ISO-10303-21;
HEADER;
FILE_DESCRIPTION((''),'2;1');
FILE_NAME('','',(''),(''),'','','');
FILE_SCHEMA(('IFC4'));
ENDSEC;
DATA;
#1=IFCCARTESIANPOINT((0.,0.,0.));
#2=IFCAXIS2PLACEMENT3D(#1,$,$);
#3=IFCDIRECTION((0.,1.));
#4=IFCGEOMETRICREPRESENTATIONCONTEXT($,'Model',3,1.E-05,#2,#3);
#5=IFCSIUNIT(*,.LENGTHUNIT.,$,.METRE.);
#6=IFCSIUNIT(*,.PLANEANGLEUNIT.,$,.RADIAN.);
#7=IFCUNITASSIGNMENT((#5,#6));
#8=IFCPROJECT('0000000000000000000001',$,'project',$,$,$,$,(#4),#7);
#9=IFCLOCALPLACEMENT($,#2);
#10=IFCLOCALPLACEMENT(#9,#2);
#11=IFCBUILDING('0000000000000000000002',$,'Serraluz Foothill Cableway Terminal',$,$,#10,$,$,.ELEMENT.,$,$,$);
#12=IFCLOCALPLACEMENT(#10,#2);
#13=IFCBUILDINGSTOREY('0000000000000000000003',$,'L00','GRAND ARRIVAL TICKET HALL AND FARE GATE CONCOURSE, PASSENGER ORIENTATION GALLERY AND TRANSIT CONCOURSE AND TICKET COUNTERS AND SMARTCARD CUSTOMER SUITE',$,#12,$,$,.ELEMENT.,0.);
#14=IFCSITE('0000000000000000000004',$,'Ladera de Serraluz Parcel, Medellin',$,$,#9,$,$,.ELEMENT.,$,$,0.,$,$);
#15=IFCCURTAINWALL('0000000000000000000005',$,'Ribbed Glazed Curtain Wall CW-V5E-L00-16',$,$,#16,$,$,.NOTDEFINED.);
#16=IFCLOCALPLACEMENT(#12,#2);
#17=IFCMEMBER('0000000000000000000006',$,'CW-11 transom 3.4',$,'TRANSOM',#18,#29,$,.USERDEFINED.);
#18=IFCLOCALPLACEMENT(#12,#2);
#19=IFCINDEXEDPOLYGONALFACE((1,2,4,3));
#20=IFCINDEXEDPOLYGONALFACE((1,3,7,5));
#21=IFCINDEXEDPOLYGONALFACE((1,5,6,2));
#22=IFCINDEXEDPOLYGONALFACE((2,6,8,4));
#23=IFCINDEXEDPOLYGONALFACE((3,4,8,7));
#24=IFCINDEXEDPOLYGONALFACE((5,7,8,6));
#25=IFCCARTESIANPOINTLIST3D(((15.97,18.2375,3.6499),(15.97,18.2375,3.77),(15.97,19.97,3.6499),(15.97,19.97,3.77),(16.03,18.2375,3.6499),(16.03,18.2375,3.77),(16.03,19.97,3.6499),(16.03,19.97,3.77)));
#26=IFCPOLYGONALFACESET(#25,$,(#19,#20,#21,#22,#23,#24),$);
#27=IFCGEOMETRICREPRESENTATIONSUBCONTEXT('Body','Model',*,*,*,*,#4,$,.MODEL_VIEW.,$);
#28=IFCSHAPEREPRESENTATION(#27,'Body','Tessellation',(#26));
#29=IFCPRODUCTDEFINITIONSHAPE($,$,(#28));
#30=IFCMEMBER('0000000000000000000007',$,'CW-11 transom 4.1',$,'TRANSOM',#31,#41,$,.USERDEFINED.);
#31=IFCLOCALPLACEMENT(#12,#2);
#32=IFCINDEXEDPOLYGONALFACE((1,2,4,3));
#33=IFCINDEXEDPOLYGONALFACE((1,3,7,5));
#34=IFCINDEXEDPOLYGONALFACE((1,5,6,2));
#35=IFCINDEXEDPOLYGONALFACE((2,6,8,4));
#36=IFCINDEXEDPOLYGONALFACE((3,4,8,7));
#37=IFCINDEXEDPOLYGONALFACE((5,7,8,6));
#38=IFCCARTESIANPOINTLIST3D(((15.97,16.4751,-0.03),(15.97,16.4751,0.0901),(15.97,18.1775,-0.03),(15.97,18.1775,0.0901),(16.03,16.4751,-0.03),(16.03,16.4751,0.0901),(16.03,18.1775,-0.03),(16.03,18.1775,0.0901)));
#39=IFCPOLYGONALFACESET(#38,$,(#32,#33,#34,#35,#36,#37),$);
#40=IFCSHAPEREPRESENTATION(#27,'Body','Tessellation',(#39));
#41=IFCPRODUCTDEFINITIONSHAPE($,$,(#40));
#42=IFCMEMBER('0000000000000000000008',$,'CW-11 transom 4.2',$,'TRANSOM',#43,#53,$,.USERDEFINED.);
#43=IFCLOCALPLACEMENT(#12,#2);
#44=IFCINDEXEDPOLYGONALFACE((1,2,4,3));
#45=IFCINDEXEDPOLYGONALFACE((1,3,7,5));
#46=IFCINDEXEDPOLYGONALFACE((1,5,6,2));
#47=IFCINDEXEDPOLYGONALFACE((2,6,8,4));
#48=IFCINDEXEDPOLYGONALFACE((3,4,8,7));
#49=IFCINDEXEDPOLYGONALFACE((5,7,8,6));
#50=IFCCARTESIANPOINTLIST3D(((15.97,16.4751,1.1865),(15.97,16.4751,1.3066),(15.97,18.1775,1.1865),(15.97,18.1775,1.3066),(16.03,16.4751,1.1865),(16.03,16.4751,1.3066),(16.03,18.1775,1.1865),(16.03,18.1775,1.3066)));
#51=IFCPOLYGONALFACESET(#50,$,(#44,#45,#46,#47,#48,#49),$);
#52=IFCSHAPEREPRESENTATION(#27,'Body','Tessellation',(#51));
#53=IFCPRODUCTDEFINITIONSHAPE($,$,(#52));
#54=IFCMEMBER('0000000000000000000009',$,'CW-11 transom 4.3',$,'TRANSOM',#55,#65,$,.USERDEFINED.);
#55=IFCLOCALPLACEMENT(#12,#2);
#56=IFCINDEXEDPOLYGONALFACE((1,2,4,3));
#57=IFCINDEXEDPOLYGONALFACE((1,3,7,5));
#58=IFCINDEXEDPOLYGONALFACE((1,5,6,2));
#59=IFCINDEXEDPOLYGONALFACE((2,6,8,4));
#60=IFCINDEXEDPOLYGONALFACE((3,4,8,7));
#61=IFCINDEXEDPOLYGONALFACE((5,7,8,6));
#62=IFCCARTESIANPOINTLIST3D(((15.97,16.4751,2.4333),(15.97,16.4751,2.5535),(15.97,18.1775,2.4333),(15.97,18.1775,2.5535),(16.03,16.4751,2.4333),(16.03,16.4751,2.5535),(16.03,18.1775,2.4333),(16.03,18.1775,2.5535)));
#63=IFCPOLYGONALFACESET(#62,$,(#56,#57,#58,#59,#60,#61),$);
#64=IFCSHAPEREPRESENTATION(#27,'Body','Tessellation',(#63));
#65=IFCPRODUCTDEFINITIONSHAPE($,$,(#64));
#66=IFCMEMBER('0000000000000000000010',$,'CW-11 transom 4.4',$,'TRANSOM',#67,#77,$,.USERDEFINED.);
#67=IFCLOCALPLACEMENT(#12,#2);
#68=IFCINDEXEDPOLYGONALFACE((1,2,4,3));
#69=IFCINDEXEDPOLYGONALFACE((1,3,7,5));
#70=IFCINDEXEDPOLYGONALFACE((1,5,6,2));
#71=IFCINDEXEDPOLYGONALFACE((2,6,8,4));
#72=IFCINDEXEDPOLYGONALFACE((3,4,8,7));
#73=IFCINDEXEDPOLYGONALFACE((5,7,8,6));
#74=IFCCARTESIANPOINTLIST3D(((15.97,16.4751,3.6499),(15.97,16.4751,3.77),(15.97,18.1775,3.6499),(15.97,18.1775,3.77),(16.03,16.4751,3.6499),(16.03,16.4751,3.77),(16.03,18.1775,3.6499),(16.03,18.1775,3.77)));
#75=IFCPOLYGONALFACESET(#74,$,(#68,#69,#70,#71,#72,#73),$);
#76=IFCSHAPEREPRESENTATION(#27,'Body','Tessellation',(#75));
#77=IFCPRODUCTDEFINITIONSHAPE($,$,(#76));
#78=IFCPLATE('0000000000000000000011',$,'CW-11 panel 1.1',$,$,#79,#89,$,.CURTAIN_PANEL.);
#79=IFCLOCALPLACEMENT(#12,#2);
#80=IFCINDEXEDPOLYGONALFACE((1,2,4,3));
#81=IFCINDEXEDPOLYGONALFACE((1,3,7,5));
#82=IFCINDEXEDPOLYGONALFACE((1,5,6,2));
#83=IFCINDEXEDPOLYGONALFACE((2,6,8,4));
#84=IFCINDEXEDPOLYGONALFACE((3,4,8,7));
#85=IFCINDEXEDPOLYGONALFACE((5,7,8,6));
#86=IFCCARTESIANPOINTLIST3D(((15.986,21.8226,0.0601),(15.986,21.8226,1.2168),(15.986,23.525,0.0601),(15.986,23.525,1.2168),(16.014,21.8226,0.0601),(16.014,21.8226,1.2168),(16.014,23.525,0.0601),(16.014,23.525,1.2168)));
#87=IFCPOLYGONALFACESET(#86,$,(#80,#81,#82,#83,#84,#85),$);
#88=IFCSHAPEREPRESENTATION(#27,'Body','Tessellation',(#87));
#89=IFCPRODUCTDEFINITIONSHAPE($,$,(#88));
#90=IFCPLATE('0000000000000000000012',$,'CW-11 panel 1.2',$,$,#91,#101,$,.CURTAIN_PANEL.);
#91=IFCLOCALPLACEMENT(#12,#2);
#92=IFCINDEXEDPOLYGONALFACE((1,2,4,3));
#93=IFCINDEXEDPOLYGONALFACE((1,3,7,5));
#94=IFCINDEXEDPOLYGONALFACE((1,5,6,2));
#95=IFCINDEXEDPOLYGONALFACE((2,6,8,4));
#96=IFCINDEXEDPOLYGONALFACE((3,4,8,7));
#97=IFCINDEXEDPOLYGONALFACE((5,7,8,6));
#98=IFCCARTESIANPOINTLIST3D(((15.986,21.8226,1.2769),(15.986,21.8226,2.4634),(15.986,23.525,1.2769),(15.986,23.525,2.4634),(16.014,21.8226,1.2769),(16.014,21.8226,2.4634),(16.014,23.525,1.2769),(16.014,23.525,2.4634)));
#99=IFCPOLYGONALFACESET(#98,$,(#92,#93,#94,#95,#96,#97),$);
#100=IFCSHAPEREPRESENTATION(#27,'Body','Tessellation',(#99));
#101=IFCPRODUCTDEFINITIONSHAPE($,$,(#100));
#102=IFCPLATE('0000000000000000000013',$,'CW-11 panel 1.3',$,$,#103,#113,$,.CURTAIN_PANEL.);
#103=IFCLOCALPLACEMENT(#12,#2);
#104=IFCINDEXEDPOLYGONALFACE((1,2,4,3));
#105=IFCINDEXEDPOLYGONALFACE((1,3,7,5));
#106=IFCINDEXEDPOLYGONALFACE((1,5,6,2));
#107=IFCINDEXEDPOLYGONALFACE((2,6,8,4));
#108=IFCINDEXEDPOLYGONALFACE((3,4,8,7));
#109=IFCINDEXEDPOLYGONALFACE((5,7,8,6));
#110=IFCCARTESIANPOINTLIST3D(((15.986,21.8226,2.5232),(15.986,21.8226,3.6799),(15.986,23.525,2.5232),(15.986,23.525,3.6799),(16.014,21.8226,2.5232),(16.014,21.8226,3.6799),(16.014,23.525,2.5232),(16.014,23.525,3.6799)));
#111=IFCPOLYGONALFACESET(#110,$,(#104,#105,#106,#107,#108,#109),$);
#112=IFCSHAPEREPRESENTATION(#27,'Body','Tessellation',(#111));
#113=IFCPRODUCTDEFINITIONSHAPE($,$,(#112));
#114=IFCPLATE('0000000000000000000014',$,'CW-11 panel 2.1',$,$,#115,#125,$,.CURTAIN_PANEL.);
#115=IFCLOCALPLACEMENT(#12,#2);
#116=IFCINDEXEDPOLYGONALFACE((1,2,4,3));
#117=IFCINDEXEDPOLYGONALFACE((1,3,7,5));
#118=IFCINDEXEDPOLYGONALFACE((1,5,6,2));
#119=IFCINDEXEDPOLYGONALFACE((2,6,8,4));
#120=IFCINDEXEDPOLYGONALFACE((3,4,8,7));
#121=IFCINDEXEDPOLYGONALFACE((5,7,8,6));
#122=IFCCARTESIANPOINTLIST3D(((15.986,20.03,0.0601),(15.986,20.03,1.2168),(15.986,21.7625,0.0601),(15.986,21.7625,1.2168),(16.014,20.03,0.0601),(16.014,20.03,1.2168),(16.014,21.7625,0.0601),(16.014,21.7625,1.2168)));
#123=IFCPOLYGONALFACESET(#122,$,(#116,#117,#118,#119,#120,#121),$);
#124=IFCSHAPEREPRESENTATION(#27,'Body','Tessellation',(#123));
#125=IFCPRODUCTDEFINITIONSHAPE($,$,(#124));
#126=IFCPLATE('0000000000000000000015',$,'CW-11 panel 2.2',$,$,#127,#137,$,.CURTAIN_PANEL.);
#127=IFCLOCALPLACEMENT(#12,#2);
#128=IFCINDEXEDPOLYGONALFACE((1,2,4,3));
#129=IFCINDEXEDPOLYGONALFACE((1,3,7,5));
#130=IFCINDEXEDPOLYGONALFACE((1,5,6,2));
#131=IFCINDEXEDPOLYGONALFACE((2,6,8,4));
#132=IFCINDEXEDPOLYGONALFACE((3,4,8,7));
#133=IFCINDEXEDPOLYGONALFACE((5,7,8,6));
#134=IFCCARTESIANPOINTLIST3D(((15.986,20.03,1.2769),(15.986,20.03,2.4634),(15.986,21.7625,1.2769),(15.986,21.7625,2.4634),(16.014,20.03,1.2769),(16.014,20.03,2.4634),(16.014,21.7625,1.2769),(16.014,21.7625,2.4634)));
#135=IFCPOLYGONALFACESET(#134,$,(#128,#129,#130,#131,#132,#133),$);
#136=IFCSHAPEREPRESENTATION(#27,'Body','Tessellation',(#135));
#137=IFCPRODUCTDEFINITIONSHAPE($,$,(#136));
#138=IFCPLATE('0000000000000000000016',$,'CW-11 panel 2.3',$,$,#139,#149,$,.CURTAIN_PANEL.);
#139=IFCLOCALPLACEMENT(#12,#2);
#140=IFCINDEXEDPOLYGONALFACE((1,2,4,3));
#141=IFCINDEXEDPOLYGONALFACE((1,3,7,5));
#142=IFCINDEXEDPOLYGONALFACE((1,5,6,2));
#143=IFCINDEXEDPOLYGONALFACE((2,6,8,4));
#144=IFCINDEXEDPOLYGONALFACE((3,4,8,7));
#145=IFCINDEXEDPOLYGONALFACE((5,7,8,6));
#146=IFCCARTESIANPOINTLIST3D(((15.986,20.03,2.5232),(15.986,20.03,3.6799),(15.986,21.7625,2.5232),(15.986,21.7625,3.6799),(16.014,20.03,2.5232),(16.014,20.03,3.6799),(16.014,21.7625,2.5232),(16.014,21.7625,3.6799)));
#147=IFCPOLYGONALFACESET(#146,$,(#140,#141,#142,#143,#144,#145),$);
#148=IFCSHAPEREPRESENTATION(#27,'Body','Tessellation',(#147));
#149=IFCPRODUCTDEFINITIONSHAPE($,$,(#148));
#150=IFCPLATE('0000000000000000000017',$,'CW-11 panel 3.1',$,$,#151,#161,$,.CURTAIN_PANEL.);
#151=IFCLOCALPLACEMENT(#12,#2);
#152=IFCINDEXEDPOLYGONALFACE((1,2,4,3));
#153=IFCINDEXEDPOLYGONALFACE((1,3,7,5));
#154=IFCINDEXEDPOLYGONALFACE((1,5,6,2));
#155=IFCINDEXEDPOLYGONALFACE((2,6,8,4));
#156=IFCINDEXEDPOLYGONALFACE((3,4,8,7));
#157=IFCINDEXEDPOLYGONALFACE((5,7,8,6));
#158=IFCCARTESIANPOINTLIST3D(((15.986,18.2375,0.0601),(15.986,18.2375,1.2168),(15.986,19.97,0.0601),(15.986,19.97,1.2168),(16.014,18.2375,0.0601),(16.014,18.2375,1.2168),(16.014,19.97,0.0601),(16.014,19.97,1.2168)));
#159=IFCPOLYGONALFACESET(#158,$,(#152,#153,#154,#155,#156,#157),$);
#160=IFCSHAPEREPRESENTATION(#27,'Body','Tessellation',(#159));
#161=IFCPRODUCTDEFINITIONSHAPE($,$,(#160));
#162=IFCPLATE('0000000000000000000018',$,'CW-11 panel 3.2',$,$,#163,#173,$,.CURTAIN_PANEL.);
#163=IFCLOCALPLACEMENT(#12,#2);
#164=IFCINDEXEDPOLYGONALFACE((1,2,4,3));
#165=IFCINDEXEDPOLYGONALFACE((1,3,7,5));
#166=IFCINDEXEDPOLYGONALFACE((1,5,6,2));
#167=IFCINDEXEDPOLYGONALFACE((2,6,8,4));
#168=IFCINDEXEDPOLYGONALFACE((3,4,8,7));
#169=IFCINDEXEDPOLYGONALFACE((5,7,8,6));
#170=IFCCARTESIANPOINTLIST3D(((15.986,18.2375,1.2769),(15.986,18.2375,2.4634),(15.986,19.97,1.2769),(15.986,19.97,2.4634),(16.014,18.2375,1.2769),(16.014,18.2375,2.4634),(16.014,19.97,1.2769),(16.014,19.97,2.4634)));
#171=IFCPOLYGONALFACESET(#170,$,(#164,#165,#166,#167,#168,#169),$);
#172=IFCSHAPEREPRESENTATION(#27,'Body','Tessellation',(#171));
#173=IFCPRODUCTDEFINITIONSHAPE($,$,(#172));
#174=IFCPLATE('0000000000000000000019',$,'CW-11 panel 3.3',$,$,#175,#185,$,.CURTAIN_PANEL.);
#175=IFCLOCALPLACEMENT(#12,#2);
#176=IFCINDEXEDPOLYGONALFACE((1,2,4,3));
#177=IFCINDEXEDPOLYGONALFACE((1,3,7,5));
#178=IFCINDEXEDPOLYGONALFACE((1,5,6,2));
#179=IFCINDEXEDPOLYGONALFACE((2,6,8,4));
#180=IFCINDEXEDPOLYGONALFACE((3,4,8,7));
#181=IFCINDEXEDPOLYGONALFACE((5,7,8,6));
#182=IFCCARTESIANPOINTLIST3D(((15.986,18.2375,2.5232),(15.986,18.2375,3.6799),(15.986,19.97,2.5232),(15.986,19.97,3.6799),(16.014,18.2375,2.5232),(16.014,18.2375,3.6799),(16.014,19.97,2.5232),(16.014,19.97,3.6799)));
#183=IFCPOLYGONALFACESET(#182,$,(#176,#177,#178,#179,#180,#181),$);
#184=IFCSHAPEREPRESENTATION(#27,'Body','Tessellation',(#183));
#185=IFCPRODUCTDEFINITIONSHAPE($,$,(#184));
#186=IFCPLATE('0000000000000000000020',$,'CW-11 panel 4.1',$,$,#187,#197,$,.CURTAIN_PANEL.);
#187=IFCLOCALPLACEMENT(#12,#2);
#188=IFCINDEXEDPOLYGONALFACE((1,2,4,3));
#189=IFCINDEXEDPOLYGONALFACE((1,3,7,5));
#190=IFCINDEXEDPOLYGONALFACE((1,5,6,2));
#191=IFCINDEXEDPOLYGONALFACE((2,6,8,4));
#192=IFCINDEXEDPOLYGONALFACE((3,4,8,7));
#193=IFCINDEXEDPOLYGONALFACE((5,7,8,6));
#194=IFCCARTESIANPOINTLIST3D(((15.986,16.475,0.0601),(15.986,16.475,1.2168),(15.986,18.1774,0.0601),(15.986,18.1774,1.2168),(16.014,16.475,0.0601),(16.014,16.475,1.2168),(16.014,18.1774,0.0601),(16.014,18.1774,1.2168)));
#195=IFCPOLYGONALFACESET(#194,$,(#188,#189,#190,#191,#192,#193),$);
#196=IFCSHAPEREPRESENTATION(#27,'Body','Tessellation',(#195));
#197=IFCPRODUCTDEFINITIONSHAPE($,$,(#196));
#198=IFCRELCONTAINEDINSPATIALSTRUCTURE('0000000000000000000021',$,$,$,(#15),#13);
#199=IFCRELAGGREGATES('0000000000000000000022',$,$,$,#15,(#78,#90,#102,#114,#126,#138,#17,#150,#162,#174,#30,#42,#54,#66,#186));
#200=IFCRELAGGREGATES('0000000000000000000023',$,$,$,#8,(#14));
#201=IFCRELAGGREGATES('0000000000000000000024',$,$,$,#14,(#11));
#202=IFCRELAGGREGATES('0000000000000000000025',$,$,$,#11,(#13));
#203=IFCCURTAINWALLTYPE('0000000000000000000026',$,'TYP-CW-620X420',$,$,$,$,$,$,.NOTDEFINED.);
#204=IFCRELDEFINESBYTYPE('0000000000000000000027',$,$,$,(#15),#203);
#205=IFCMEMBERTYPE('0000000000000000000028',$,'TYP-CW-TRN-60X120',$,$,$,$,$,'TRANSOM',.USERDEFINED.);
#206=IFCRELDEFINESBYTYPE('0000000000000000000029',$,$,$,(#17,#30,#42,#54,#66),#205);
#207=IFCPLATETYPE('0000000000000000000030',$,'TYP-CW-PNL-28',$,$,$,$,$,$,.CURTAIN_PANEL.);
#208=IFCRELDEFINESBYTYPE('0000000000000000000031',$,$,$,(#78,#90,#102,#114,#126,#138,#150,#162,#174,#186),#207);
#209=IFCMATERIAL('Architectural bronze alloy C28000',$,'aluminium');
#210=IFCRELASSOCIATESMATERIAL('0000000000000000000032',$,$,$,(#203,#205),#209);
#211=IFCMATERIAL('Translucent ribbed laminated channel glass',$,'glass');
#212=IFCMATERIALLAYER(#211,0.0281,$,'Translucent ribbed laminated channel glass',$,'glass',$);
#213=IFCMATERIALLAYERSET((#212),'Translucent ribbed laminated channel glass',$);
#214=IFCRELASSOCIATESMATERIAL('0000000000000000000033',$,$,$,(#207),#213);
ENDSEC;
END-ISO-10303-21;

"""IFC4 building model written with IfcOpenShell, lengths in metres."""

from ifc_helpers import new_model, si_unit, direction, frame, origin, origin_2d, place, context, subcontext, project, spatial, rectangle, extrude, material, layer, layer_set, material_profile, profile_set, type_object, element, aggregate, save


model = new_model("IFC4")

# Units and contexts
model_context = context("Model", 3, precision=1e-05, world=origin(), true_north=direction((0.0, 1.0)))
body_context = subcontext(model_context, "Body", "Model", "MODEL_VIEW")
ifc_project = project(units=[si_unit("LENGTHUNIT", "METRE"), si_unit("PLANEANGLEUNIT", "RADIAN")], contexts=[model_context])

# Site, building, storey
site_placement = place(None, origin())
site = spatial("IfcSite", under=ifc_project, at=site_placement, Name="Ladera de Serraluz Parcel, Medellin", CompositionType="ELEMENT", RefElevation=0.0)
building_placement = place(site_placement, origin())
building = spatial("IfcBuilding", under=site, at=building_placement, Name="Serraluz Foothill Cableway Terminal", CompositionType="ELEMENT")
storey_placement = place(building_placement, origin())
storey = spatial("IfcBuildingStorey", under=building, at=storey_placement, Name="L00", Description="GRAND ARRIVAL TICKET HALL AND FARE GATE CONCOURSE, PASSENGER ORIENTATION GALLERY AND TRANSIT CONCOURSE AND TICKET COUNTERS AND SMARTCARD CUSTOMER SUITE", CompositionType="ELEMENT", Elevation=0.0)

# Shared definitions
ifc_material_1 = material(Name="Architectural bronze alloy C28000", Category="aluminium")

# Curtain wall
curtain_wall_type_1 = type_object("IfcCurtainWallType", Name="TYP-CW-620X420", PredefinedType="NOTDEFINED", material=ifc_material_1)
curtain_wall_1_placement = place(storey_placement, origin())
curtain_wall_1 = element("IfcCurtainWall", 1, at=curtain_wall_1_placement, inside=storey, type_object=curtain_wall_type_1, Name="Ribbed Glazed Curtain Wall CW-V5E-L00-16", PredefinedType="NOTDEFINED")

# Members
ifc_material_profile_1 = material_profile(ifc_material_1, rectangle(XDim=0.0601, YDim=0.1201, at=origin_2d()), Name="ALU TRANSOM 60x120")
ifc_profile_set_1 = profile_set([ifc_material_profile_1], Name="Architectural bronze alloy C28000")
member_type_1 = type_object("IfcMemberType", Name="TYP-CW-TRN-60X120", ElementType="TRANSOM", PredefinedType="USERDEFINED", material=ifc_profile_set_1)
member_1_placement = place(storey_placement, frame((16.0, 19.97, 3.71), z_axis=(0.0, -1.0, 0.0), x_axis=(1.0, 0.0, 0.0)))
member_1 = element("IfcMember", 2, at=member_1_placement, type_object=member_type_1, Name="CW-11 transom 3.4", ObjectType="TRANSOM", PredefinedType="USERDEFINED", context=body_context, shape_type="SweptSolid", body=[
    extrude(rectangle(XDim=0.0601, YDim=0.1201, at=origin_2d()), origin(), (0.0, 0.0, 1.0), 1.7324),
])
member_2_placement = place(storey_placement, frame((16.0, 18.1775, 0.03), z_axis=(0.0, -1.0, 0.0), x_axis=(1.0, 0.0, 0.0)))
member_2 = element("IfcMember", 3, at=member_2_placement, type_object=member_type_1, Name="CW-11 transom 4.1", ObjectType="TRANSOM", PredefinedType="USERDEFINED", context=body_context, shape_type="SweptSolid", body=[
    extrude(rectangle(XDim=0.0601, YDim=0.1201, at=origin_2d()), origin(), (0.0, 0.0, 1.0), 1.7024),
])
member_3_placement = place(storey_placement, frame((16.0, 18.1775, 1.2466), z_axis=(0.0, -1.0, 0.0), x_axis=(1.0, 0.0, 0.0)))
member_3 = element("IfcMember", 4, at=member_3_placement, type_object=member_type_1, Name="CW-11 transom 4.2", ObjectType="TRANSOM", PredefinedType="USERDEFINED", context=body_context, shape_type="SweptSolid", body=[
    extrude(rectangle(XDim=0.0601, YDim=0.1201, at=origin_2d()), origin(), (0.0, 0.0, 1.0), 1.7024),
])
member_4_placement = place(storey_placement, frame((16.0, 18.1775, 2.4934), z_axis=(0.0, -1.0, 0.0), x_axis=(1.0, 0.0, 0.0)))
member_4 = element("IfcMember", 5, at=member_4_placement, type_object=member_type_1, Name="CW-11 transom 4.3", ObjectType="TRANSOM", PredefinedType="USERDEFINED", context=body_context, shape_type="SweptSolid", body=[
    extrude(rectangle(XDim=0.0601, YDim=0.1201, at=origin_2d()), origin(), (0.0, 0.0, 1.0), 1.7024),
])
member_5_placement = place(storey_placement, frame((16.0, 18.1775, 3.71), z_axis=(0.0, -1.0, 0.0), x_axis=(1.0, 0.0, 0.0)))
member_5 = element("IfcMember", 6, at=member_5_placement, type_object=member_type_1, Name="CW-11 transom 4.4", ObjectType="TRANSOM", PredefinedType="USERDEFINED", context=body_context, shape_type="SweptSolid", body=[
    extrude(rectangle(XDim=0.0601, YDim=0.1201, at=origin_2d()), origin(), (0.0, 0.0, 1.0), 1.7024),
])

# Plates
ifc_material_2 = material(Name="Translucent ribbed laminated channel glass", Category="glass")
ifc_layer = layer(ifc_material_2, 0.0281, Name="Translucent ribbed laminated channel glass", Category="glass")
ifc_layer_set = layer_set([ifc_layer], Name="Translucent ribbed laminated channel glass")
plate_type = type_object("IfcPlateType", Name="TYP-CW-PNL-28", PredefinedType="CURTAIN_PANEL", material=ifc_layer_set)
plate_1_placement = place(storey_placement, frame((16.0, 22.6738, 0.0601), z_axis=(0.0, 0.0, 1.0), x_axis=(0.0, -1.0, 0.0)))
plate_1 = element("IfcPlate", 7, at=plate_1_placement, type_object=plate_type, Name="CW-11 panel 1.1", PredefinedType="CURTAIN_PANEL", context=body_context, shape_type="SweptSolid", body=[
    extrude(rectangle(XDim=1.7024, YDim=0.0281, at=origin_2d()), origin(), (0.0, 0.0, 1.0), 1.1567),
])
plate_2_placement = place(storey_placement, frame((16.0, 22.6738, 1.2769), z_axis=(0.0, 0.0, 1.0), x_axis=(0.0, -1.0, 0.0)))
plate_2 = element("IfcPlate", 8, at=plate_2_placement, type_object=plate_type, Name="CW-11 panel 1.2", PredefinedType="CURTAIN_PANEL", context=body_context, shape_type="SweptSolid", body=[
    extrude(rectangle(XDim=1.7024, YDim=0.0281, at=origin_2d()), origin(), (0.0, 0.0, 1.0), 1.1865),
])
plate_3_placement = place(storey_placement, frame((16.0, 22.6738, 2.5232), z_axis=(0.0, 0.0, 1.0), x_axis=(0.0, -1.0, 0.0)))
plate_3 = element("IfcPlate", 9, at=plate_3_placement, type_object=plate_type, Name="CW-11 panel 1.3", PredefinedType="CURTAIN_PANEL", context=body_context, shape_type="SweptSolid", body=[
    extrude(rectangle(XDim=1.7024, YDim=0.0281, at=origin_2d()), origin(), (0.0, 0.0, 1.0), 1.1567),
])
plate_4_placement = place(storey_placement, frame((16.0, 20.8962, 0.0601), z_axis=(0.0, 0.0, 1.0), x_axis=(0.0, -1.0, 0.0)))
plate_4 = element("IfcPlate", 10, at=plate_4_placement, type_object=plate_type, Name="CW-11 panel 2.1", PredefinedType="CURTAIN_PANEL", context=body_context, shape_type="SweptSolid", body=[
    extrude(rectangle(XDim=1.7324, YDim=0.0281, at=origin_2d()), origin(), (0.0, 0.0, 1.0), 1.1567),
])
plate_5_placement = place(storey_placement, frame((16.0, 20.8962, 1.2769), z_axis=(0.0, 0.0, 1.0), x_axis=(0.0, -1.0, 0.0)))
plate_5 = element("IfcPlate", 11, at=plate_5_placement, type_object=plate_type, Name="CW-11 panel 2.2", PredefinedType="CURTAIN_PANEL", context=body_context, shape_type="SweptSolid", body=[
    extrude(rectangle(XDim=1.7324, YDim=0.0281, at=origin_2d()), origin(), (0.0, 0.0, 1.0), 1.1865),
])
plate_6_placement = place(storey_placement, frame((16.0, 20.8962, 2.5232), z_axis=(0.0, 0.0, 1.0), x_axis=(0.0, -1.0, 0.0)))
plate_6 = element("IfcPlate", 12, at=plate_6_placement, type_object=plate_type, Name="CW-11 panel 2.3", PredefinedType="CURTAIN_PANEL", context=body_context, shape_type="SweptSolid", body=[
    extrude(rectangle(XDim=1.7324, YDim=0.0281, at=origin_2d()), origin(), (0.0, 0.0, 1.0), 1.1567),
])
plate_7_placement = place(storey_placement, frame((16.0, 19.1038, 0.0601), z_axis=(0.0, 0.0, 1.0), x_axis=(0.0, -1.0, 0.0)))
plate_7 = element("IfcPlate", 13, at=plate_7_placement, type_object=plate_type, Name="CW-11 panel 3.1", PredefinedType="CURTAIN_PANEL", context=body_context, shape_type="SweptSolid", body=[
    extrude(rectangle(XDim=1.7324, YDim=0.0281, at=origin_2d()), origin(), (0.0, 0.0, 1.0), 1.1567),
])
plate_8_placement = place(storey_placement, frame((16.0, 19.1038, 1.2769), z_axis=(0.0, 0.0, 1.0), x_axis=(0.0, -1.0, 0.0)))
plate_8 = element("IfcPlate", 14, at=plate_8_placement, type_object=plate_type, Name="CW-11 panel 3.2", PredefinedType="CURTAIN_PANEL", context=body_context, shape_type="SweptSolid", body=[
    extrude(rectangle(XDim=1.7324, YDim=0.0281, at=origin_2d()), origin(), (0.0, 0.0, 1.0), 1.1865),
])
plate_9_placement = place(storey_placement, frame((16.0, 19.1038, 2.5232), z_axis=(0.0, 0.0, 1.0), x_axis=(0.0, -1.0, 0.0)))
plate_9 = element("IfcPlate", 15, at=plate_9_placement, type_object=plate_type, Name="CW-11 panel 3.3", PredefinedType="CURTAIN_PANEL", context=body_context, shape_type="SweptSolid", body=[
    extrude(rectangle(XDim=1.7324, YDim=0.0281, at=origin_2d()), origin(), (0.0, 0.0, 1.0), 1.1567),
])
plate_10_placement = place(storey_placement, frame((16.0, 17.3262, 0.0601), z_axis=(0.0, 0.0, 1.0), x_axis=(0.0, -1.0, 0.0)))
plate_10 = element("IfcPlate", 16, at=plate_10_placement, type_object=plate_type, Name="CW-11 panel 4.1", PredefinedType="CURTAIN_PANEL", context=body_context, shape_type="SweptSolid", body=[
    extrude(rectangle(XDim=1.7024, YDim=0.0281, at=origin_2d()), origin(), (0.0, 0.0, 1.0), 1.1567),
])
aggregate(curtain_wall_1, [plate_1, plate_2, plate_3, plate_4, plate_5, plate_6, member_1, plate_7, plate_8, plate_9, member_2, member_3, member_4, member_5, plate_10])

save(model, "model.ifc")
